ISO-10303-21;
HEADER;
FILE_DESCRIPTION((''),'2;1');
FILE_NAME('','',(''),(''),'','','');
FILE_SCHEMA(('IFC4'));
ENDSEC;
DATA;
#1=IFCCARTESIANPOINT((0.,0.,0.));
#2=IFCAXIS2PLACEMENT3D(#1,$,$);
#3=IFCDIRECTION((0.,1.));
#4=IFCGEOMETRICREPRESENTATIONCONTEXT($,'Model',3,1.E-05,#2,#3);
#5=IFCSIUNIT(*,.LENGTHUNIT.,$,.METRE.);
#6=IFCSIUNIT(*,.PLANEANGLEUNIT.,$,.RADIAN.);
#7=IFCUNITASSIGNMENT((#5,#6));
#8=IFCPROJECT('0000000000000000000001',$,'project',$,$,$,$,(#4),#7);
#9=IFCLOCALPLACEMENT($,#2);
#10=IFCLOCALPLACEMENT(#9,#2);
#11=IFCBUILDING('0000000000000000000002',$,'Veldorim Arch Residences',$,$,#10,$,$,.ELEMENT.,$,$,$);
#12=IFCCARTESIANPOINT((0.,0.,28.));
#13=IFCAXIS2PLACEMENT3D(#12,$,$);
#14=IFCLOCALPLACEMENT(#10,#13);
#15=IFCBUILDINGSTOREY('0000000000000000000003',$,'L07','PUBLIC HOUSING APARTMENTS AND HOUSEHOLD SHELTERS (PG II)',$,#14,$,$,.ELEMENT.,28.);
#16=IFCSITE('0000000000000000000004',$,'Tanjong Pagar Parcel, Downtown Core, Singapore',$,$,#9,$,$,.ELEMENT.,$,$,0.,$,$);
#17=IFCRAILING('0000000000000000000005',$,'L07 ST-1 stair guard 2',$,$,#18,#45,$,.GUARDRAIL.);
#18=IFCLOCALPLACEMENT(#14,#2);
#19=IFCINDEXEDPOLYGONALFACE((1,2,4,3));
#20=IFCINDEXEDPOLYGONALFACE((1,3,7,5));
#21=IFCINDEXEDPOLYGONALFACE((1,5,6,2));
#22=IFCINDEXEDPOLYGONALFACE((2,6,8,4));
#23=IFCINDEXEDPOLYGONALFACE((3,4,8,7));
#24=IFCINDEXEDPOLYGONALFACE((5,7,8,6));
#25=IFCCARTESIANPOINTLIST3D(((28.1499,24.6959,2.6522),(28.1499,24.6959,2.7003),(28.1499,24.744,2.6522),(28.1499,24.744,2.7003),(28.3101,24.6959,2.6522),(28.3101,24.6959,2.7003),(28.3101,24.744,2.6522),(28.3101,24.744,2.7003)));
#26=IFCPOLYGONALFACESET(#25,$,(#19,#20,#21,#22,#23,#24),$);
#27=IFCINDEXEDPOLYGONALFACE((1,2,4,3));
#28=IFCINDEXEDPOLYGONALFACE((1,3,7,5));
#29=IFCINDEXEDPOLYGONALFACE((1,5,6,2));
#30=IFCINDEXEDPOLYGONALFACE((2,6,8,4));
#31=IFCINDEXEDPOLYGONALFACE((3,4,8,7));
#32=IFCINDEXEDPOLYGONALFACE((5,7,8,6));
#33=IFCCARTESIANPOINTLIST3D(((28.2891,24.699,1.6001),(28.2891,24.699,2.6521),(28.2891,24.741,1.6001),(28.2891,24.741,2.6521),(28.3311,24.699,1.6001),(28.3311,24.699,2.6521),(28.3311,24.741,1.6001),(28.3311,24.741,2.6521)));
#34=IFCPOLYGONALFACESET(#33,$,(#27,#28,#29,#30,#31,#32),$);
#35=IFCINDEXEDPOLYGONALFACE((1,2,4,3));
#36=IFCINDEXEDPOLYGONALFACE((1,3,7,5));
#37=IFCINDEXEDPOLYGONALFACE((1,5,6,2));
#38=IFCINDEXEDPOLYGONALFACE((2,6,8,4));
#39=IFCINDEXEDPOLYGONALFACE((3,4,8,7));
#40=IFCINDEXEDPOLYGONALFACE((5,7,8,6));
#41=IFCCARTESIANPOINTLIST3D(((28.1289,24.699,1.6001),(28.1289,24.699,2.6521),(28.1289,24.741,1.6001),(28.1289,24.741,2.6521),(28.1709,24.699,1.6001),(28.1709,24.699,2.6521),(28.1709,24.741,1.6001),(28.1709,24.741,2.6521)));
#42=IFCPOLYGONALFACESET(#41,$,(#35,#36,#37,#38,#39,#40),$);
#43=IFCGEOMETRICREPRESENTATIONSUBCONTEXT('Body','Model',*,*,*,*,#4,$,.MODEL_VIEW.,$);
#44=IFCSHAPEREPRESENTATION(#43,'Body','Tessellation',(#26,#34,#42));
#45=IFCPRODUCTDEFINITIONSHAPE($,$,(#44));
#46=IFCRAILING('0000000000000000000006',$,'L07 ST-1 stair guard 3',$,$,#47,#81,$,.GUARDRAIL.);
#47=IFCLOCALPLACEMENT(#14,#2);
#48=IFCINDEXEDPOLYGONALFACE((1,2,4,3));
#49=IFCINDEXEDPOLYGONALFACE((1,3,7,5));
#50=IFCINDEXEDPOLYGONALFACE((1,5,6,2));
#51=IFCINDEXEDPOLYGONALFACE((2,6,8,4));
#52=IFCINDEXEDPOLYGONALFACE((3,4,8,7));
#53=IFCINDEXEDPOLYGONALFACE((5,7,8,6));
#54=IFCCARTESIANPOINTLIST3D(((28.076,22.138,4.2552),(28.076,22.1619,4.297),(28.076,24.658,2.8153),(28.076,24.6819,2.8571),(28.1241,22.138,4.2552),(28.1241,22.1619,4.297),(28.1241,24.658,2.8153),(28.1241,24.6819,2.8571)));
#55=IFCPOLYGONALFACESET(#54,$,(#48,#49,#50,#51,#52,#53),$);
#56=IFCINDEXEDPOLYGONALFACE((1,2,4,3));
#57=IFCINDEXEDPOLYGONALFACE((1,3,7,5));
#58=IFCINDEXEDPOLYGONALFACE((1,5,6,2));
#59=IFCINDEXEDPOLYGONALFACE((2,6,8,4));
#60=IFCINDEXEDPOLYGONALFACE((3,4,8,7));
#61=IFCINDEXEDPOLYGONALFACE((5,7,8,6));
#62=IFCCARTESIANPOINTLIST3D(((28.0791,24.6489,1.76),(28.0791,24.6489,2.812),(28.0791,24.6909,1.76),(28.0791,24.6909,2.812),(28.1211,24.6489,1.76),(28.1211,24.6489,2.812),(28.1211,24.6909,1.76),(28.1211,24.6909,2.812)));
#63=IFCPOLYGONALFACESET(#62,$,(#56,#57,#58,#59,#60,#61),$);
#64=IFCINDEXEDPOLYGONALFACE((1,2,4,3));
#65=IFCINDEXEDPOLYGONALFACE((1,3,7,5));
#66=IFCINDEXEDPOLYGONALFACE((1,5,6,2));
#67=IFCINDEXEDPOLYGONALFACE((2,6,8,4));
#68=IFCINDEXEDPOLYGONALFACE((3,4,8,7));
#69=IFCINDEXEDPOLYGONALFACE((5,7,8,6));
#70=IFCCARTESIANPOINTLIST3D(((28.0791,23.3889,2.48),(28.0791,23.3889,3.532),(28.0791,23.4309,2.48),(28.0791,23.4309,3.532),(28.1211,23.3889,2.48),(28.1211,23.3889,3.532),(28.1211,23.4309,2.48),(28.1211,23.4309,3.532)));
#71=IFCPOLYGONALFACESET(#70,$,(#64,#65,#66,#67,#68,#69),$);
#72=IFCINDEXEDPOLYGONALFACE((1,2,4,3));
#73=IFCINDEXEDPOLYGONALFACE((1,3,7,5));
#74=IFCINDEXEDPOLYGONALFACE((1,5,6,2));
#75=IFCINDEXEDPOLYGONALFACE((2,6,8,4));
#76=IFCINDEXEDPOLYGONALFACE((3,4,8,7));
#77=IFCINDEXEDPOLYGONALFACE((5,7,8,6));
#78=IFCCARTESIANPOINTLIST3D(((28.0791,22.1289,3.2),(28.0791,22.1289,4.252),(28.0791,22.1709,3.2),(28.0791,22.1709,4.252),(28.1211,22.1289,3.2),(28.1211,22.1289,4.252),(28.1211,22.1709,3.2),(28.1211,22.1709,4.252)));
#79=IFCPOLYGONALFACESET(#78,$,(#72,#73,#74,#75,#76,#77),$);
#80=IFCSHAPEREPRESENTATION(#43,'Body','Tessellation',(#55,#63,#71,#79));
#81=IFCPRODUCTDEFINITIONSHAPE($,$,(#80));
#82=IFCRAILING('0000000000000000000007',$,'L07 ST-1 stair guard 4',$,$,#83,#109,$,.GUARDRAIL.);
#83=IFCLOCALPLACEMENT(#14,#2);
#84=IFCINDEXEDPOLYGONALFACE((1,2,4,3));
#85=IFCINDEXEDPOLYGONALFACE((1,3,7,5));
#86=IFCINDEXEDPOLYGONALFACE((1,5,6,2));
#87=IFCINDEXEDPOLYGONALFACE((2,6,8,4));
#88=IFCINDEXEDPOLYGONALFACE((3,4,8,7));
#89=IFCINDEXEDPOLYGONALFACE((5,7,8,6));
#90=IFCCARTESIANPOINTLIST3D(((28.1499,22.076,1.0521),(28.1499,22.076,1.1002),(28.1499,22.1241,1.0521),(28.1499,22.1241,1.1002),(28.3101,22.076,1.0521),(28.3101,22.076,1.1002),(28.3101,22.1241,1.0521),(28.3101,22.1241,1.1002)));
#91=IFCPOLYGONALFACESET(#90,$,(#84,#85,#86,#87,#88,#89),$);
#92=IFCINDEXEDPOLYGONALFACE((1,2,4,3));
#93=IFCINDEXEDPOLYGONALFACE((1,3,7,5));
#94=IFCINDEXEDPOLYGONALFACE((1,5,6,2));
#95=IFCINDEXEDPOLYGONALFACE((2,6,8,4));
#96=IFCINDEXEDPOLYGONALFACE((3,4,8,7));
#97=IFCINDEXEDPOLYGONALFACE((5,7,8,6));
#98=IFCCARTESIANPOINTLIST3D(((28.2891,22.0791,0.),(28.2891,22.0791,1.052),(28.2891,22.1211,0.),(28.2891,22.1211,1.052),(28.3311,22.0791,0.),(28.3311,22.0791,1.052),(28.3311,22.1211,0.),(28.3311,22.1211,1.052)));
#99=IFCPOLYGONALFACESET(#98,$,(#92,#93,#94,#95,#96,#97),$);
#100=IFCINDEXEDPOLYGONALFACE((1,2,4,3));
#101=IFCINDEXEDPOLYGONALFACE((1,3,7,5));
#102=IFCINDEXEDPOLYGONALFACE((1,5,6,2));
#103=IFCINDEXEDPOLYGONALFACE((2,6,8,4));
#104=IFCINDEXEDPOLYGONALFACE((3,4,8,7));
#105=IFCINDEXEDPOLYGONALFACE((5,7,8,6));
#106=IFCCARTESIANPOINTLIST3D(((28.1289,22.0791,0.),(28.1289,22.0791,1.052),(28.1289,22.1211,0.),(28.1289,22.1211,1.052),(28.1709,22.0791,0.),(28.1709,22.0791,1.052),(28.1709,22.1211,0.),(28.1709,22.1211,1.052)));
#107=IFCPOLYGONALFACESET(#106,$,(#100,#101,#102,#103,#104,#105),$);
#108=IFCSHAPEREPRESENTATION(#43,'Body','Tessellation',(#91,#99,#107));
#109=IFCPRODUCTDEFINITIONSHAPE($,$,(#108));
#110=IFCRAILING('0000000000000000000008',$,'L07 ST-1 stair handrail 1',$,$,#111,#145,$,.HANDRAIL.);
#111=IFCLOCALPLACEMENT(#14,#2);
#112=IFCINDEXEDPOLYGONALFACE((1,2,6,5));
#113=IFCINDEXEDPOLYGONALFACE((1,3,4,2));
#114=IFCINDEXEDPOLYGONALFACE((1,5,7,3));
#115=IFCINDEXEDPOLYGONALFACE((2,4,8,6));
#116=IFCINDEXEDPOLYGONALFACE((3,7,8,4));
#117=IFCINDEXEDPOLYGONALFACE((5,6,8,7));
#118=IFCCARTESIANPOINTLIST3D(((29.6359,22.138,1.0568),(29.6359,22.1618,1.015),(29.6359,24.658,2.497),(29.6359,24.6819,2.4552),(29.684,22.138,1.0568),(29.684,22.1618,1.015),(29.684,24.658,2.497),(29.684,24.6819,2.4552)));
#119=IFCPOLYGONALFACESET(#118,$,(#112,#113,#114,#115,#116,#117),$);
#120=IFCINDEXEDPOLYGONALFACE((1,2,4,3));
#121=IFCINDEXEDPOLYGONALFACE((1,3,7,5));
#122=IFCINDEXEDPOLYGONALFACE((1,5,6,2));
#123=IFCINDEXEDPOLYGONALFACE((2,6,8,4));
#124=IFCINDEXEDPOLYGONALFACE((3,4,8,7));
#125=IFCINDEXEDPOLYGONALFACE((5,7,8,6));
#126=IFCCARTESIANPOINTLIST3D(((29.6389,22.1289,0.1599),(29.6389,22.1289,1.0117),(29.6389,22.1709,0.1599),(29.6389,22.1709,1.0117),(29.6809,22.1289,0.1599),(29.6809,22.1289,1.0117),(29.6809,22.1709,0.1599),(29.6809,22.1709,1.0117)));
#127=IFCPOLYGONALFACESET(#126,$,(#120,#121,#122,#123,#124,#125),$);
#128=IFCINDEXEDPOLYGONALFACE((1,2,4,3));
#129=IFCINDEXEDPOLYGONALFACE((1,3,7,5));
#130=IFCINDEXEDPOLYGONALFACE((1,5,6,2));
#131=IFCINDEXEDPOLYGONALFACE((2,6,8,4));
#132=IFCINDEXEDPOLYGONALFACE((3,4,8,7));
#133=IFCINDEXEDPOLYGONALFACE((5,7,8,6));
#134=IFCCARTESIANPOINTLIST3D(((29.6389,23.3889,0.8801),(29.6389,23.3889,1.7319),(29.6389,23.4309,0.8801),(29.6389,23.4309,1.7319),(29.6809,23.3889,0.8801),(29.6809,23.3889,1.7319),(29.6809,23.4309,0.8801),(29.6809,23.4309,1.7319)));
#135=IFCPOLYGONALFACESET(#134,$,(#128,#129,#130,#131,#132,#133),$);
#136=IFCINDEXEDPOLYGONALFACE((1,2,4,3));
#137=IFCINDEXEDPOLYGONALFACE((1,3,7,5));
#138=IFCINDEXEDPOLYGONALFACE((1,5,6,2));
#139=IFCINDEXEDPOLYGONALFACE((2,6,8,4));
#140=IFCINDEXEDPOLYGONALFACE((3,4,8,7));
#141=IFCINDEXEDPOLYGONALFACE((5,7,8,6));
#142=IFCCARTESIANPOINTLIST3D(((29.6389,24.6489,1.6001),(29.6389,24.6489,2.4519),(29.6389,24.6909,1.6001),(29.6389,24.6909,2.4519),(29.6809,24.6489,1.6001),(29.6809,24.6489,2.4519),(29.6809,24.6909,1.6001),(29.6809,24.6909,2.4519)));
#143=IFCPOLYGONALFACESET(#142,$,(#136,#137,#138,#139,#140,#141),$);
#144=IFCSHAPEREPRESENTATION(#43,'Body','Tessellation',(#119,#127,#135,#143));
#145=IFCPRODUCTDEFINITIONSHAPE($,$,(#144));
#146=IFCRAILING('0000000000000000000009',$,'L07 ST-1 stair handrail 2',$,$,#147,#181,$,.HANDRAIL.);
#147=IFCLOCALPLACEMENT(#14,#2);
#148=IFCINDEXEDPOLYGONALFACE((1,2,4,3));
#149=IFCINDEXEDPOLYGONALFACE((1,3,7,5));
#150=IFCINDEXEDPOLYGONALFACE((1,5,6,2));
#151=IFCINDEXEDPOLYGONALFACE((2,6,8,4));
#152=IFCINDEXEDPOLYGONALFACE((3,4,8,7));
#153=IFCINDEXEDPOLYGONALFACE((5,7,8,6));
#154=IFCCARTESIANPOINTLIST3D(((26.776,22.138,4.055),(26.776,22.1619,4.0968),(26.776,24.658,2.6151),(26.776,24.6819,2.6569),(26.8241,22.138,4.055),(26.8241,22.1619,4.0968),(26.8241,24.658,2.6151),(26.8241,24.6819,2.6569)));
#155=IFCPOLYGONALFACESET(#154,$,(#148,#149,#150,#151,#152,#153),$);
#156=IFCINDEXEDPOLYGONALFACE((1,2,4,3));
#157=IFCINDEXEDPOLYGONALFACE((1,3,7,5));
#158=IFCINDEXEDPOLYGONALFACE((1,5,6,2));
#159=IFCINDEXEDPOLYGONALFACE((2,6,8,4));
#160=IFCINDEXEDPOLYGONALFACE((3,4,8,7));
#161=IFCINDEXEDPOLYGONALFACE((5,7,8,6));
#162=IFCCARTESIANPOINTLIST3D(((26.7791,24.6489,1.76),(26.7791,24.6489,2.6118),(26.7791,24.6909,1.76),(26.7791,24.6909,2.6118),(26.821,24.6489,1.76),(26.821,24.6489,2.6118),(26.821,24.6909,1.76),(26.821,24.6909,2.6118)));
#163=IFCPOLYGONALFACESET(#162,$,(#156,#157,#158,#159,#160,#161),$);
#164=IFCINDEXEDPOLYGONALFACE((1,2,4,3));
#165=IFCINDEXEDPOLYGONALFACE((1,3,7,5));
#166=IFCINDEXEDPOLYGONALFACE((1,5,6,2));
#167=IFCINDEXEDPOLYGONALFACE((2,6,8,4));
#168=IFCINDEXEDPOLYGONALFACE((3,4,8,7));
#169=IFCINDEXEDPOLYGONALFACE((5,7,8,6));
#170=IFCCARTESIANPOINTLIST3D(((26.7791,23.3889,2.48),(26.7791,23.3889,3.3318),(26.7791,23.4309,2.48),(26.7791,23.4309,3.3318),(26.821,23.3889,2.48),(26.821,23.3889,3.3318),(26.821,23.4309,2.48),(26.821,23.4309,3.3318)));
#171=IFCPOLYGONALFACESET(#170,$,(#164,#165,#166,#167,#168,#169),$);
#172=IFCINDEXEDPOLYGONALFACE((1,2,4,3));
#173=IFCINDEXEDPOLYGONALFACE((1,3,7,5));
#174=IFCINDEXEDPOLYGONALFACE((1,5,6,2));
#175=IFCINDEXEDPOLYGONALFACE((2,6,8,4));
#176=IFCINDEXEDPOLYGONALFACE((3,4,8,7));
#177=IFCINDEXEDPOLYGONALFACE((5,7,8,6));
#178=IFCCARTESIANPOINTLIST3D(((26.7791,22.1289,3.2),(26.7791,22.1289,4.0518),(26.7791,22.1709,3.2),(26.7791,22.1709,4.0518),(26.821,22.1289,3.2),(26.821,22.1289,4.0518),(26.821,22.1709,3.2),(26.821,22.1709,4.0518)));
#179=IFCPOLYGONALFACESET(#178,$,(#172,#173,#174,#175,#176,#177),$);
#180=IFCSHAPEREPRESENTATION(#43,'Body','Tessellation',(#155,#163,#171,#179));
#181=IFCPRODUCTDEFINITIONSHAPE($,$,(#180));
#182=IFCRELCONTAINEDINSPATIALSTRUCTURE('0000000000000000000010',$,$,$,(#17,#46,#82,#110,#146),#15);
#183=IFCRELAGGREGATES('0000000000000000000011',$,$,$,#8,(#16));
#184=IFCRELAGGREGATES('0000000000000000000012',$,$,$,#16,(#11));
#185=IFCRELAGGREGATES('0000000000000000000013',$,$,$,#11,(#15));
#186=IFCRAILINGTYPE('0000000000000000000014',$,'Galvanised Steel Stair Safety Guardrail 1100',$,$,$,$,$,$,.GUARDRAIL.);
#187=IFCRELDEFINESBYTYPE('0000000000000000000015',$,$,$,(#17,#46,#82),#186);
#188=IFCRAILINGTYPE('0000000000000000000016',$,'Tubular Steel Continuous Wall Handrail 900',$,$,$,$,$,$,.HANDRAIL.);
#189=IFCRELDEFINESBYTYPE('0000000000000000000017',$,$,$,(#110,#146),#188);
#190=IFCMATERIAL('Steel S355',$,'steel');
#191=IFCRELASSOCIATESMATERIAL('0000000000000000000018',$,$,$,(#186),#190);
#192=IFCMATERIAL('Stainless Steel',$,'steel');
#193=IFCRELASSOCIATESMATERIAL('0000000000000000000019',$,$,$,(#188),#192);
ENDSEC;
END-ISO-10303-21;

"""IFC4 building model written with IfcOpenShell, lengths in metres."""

from ifc_helpers import new_model, si_unit, direction, frame, origin, origin_2d, place, context, subcontext, project, spatial, rectangle, extrude, material, type_object, element, save


model = new_model("IFC4")

# Units and contexts
model_context = context("Model", 3, precision=1e-05, world=origin(), true_north=direction((0.0, 1.0)))
body_context = subcontext(model_context, "Body", "Model", "MODEL_VIEW")
ifc_project = project(units=[si_unit("LENGTHUNIT", "METRE"), si_unit("PLANEANGLEUNIT", "RADIAN")], contexts=[model_context])

# Site, building, storey
site_placement = place(None, origin())
site = spatial("IfcSite", under=ifc_project, at=site_placement, Name="Tanjong Pagar Parcel, Downtown Core, Singapore", CompositionType="ELEMENT", RefElevation=0.0)
building_placement = place(site_placement, origin())
building = spatial("IfcBuilding", under=site, at=building_placement, Name="Veldorim Arch Residences", CompositionType="ELEMENT")
storey_placement = place(building_placement, frame((0.0, 0.0, 28.0)))
storey = spatial("IfcBuildingStorey", under=building, at=storey_placement, Name="L07", Description="PUBLIC HOUSING APARTMENTS AND HOUSEHOLD SHELTERS (PG II)", CompositionType="ELEMENT", Elevation=28.0)

# Railings
ifc_material_1 = material(Name="Steel S355", Category="steel")
railing_type_1 = type_object("IfcRailingType", Name="Galvanised Steel Stair Safety Guardrail 1100", PredefinedType="GUARDRAIL", material=ifc_material_1)
railing_1_placement = place(storey_placement, frame((28.3101, 24.72, 1.6001)))
element("IfcRailing", 1, at=railing_1_placement, inside=storey, type_object=railing_type_1, Name="L07 ST-1 stair guard 2", PredefinedType="GUARDRAIL", context=body_context, shape_type="SweptSolid", body=[
    extrude(rectangle(XDim=0.0481, YDim=0.0481, at=origin_2d()), frame((0.0, 0.0, 1.0762), z_axis=(-1.0, 0.0, 0.0), x_axis=(0.0, -1.0, 0.0)), (0.0, 0.0, 1.0), 0.1602),
    extrude(rectangle(XDim=0.042, YDim=0.042, at=origin_2d()), origin(), (0.0, 0.0, 1.0), 1.052),
    extrude(rectangle(XDim=0.042, YDim=0.042, at=origin_2d()), frame((-0.1602, 0.0, 0.0)), (0.0, 0.0, 1.0), 1.052),
])
railing_2_placement = place(storey_placement, frame((28.1001, 24.6699, 1.76)))
element("IfcRailing", 2, at=railing_2_placement, inside=storey, type_object=railing_type_1, Name="L07 ST-1 stair guard 3", PredefinedType="GUARDRAIL", context=body_context, shape_type="SweptSolid", body=[
    extrude(rectangle(XDim=0.0481, YDim=0.0481, at=origin_2d()), frame((0.0, 0.0, 1.0762), z_axis=(0.0, -0.868253, 0.496121), x_axis=(1.0, 0.0, 0.0)), (0.0, 0.0, 1.0), 2.9023),
    extrude(rectangle(XDim=0.042, YDim=0.042, at=origin_2d()), origin(), (0.0, 0.0, 1.0), 1.052),
    extrude(rectangle(XDim=0.042, YDim=0.042, at=origin_2d()), frame((0.0, -1.26, 0.72)), (0.0, 0.0, 1.0), 1.052),
    extrude(rectangle(XDim=0.042, YDim=0.042, at=origin_2d()), frame((0.0, -2.52, 1.4399)), (0.0, 0.0, 1.0), 1.052),
])
railing_3_placement = place(storey_placement, frame((28.3101, 22.1001, 0.0)))
element("IfcRailing", 3, at=railing_3_placement, inside=storey, type_object=railing_type_1, Name="L07 ST-1 stair guard 4", PredefinedType="GUARDRAIL", context=body_context, shape_type="SweptSolid", body=[
    extrude(rectangle(XDim=0.0481, YDim=0.0481, at=origin_2d()), frame((0.0, 0.0, 1.0762), z_axis=(-1.0, 0.0, 0.0), x_axis=(0.0, -1.0, 0.0)), (0.0, 0.0, 1.0), 0.1602),
    extrude(rectangle(XDim=0.042, YDim=0.042, at=origin_2d()), origin(), (0.0, 0.0, 1.0), 1.052),
    extrude(rectangle(XDim=0.042, YDim=0.042, at=origin_2d()), frame((-0.1602, 0.0, 0.0)), (0.0, 0.0, 1.0), 1.052),
])
ifc_material_2 = material(Name="Stainless Steel", Category="steel")
railing_type_2 = type_object("IfcRailingType", Name="Tubular Steel Continuous Wall Handrail 900", PredefinedType="HANDRAIL", material=ifc_material_2)
railing_4_placement = place(storey_placement, frame((29.6599, 22.1499, 0.1599)))
element("IfcRailing", 4, at=railing_4_placement, inside=storey, type_object=railing_type_2, Name="L07 ST-1 stair handrail 1", PredefinedType="HANDRAIL", context=body_context, shape_type="SweptSolid", body=[
    extrude(rectangle(XDim=0.0481, YDim=0.0481, at=origin_2d()), frame((0.0, 0.0, 0.876), z_axis=(0.0, 0.868217, 0.496184), x_axis=(-1.0, 0.0, 0.0)), (0.0, 0.0, 1.0), 2.9026),
    extrude(rectangle(XDim=0.042, YDim=0.042, at=origin_2d()), origin(), (0.0, 0.0, 1.0), 0.8518),
    extrude(rectangle(XDim=0.042, YDim=0.042, at=origin_2d()), frame((0.0, 1.26, 0.7202)), (0.0, 0.0, 1.0), 0.8518),
    extrude(rectangle(XDim=0.042, YDim=0.042, at=origin_2d()), frame((0.0, 2.52, 1.4402)), (0.0, 0.0, 1.0), 0.8518),
])
railing_5_placement = place(storey_placement, frame((26.8, 24.6699, 1.76)))
element("IfcRailing", 5, at=railing_5_placement, inside=storey, type_object=railing_type_2, Name="L07 ST-1 stair handrail 2", PredefinedType="HANDRAIL", context=body_context, shape_type="SweptSolid", body=[
    extrude(rectangle(XDim=0.0481, YDim=0.0481, at=origin_2d()), frame((0.0, 0.0, 0.876), z_axis=(0.0, -0.868253, 0.496121), x_axis=(1.0, 0.0, 0.0)), (0.0, 0.0, 1.0), 2.9023),
    extrude(rectangle(XDim=0.042, YDim=0.042, at=origin_2d()), origin(), (0.0, 0.0, 1.0), 0.8518),
    extrude(rectangle(XDim=0.042, YDim=0.042, at=origin_2d()), frame((0.0, -1.26, 0.72)), (0.0, 0.0, 1.0), 0.8518),
    extrude(rectangle(XDim=0.042, YDim=0.042, at=origin_2d()), frame((0.0, -2.52, 1.4399)), (0.0, 0.0, 1.0), 0.8518),
])

save(model, "model.ifc")
